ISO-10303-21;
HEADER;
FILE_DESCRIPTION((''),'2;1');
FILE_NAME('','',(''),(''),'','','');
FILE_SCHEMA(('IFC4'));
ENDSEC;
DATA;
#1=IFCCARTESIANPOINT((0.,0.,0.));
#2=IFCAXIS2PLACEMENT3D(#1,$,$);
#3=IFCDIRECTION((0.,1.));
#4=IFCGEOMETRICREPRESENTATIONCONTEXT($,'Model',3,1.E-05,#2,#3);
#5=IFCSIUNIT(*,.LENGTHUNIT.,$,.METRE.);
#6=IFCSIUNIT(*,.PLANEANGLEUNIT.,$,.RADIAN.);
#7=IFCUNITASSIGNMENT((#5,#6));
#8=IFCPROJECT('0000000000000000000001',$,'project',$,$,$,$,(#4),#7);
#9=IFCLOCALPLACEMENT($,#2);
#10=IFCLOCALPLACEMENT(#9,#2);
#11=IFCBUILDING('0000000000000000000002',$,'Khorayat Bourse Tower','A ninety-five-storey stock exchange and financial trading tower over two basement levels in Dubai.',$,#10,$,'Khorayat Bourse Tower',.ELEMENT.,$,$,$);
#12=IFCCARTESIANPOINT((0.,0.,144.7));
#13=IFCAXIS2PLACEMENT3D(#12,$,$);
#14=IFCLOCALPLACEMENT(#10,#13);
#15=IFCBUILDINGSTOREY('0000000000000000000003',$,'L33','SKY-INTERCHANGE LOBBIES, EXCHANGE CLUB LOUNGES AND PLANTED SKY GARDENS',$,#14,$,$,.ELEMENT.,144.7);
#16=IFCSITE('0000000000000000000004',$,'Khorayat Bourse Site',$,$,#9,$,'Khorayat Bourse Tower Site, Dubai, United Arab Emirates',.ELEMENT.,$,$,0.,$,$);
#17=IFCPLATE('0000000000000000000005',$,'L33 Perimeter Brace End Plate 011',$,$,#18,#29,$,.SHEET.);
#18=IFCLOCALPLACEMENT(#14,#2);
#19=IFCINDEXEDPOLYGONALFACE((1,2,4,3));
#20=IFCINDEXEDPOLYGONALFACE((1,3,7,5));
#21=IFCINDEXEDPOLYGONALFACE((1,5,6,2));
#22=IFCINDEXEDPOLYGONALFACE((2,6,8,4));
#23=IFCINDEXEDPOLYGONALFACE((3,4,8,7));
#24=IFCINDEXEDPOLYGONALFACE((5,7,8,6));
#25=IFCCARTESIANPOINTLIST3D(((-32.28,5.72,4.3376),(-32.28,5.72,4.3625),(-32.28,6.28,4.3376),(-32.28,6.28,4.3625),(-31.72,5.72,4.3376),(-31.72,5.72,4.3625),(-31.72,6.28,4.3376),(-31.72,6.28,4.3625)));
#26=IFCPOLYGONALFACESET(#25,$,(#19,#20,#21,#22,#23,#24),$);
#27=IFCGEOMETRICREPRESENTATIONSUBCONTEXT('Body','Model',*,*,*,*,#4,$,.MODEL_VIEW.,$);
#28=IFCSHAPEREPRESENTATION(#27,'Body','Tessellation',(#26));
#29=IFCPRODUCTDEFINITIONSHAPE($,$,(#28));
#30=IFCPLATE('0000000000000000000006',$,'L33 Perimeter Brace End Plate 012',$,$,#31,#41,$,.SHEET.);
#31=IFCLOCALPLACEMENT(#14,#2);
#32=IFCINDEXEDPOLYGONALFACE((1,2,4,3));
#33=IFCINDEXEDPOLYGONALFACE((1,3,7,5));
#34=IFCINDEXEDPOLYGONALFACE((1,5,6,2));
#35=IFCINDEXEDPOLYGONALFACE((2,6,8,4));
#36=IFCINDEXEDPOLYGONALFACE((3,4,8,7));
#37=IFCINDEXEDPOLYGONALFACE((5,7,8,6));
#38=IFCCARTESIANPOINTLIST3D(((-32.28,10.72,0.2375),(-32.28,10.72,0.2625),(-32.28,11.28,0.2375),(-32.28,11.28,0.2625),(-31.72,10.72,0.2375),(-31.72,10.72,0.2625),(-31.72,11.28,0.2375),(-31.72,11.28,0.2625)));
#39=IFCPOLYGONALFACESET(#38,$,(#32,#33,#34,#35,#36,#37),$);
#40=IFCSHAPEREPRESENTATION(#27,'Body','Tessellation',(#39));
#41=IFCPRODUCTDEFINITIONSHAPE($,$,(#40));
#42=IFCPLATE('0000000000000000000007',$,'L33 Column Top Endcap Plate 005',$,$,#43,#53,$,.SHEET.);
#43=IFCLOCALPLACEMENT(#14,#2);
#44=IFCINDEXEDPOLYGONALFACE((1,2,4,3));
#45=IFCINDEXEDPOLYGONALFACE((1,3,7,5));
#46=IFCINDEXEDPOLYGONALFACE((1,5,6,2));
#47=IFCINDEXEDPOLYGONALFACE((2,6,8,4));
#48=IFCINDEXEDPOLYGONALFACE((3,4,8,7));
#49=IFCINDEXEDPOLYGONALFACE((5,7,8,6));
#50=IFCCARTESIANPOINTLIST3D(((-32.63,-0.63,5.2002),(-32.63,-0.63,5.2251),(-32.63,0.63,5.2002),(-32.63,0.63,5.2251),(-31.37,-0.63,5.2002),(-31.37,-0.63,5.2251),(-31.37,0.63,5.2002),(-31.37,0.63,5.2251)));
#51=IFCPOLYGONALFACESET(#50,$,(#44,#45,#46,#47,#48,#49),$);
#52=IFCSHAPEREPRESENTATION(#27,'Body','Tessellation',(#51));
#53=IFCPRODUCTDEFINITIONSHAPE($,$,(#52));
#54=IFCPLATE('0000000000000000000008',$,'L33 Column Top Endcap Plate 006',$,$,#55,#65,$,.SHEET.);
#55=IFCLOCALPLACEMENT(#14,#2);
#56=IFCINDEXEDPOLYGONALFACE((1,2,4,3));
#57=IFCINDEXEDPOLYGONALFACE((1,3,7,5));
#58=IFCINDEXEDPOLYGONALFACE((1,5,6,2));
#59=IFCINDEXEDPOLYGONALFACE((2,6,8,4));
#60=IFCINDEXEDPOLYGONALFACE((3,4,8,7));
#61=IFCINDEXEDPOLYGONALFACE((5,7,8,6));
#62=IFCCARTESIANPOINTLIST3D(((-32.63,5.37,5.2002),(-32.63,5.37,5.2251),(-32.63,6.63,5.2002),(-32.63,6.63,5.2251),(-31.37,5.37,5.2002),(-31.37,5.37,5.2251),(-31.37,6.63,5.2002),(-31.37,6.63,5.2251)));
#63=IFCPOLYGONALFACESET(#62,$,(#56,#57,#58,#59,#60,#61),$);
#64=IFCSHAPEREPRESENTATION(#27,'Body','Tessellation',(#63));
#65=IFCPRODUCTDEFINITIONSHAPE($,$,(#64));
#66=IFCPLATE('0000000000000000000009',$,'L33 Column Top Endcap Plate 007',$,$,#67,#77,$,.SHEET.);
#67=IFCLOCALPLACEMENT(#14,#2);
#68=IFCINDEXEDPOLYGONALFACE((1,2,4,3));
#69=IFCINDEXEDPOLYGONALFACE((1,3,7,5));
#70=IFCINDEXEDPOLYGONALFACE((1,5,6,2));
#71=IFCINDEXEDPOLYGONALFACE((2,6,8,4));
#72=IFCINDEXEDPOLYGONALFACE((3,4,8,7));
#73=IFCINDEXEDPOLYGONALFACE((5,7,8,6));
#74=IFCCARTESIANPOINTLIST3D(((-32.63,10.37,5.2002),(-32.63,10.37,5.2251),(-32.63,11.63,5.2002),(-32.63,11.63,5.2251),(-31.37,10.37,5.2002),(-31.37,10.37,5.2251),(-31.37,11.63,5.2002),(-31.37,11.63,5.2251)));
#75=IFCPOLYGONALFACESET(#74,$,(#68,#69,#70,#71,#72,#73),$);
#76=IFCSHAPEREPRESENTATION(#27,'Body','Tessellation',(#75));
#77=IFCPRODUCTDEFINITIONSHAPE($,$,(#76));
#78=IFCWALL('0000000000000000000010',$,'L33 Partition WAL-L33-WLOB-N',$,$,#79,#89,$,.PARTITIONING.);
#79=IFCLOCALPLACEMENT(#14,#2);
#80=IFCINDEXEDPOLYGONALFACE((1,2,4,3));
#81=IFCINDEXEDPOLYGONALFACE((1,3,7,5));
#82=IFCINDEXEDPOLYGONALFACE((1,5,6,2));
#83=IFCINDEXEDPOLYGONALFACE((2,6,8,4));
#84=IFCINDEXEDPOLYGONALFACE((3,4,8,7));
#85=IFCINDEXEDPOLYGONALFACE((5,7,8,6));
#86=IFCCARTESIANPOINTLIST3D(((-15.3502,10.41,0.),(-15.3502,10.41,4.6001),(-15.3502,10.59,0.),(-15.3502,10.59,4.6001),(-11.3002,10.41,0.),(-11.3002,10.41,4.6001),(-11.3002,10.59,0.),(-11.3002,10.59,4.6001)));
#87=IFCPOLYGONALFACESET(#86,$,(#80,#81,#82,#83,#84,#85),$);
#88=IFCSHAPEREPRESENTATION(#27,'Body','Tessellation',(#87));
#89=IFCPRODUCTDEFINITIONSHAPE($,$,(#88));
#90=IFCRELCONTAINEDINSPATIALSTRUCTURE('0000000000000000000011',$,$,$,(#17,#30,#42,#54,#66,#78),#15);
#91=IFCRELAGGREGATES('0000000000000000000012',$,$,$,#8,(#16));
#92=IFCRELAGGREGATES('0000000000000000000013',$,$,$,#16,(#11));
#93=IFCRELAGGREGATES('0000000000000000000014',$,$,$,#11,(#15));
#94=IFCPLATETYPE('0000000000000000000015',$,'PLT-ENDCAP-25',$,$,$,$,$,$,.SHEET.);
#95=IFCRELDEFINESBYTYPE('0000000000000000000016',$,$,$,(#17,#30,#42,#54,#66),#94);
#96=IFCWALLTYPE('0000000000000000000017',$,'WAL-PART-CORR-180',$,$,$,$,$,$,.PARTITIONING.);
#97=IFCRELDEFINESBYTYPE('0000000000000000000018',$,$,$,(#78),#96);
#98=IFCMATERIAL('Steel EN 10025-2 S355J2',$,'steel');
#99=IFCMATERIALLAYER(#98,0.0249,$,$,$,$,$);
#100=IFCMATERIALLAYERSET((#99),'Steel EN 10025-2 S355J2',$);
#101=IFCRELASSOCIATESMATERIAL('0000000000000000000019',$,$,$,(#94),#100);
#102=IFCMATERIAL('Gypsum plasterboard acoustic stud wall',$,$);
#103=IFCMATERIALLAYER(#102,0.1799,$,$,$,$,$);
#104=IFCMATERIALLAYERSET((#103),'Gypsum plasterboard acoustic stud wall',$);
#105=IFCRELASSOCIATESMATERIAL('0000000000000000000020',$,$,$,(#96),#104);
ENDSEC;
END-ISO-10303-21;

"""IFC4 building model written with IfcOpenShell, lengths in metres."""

from ifc_helpers import new_model, si_unit, direction, frame, frame_2d, origin, origin_2d, place, context, subcontext, project, spatial, rectangle, extrude, source, transform, mapped, material, layer, layer_set, type_object, element, save


model = new_model("IFC4")

# Units and contexts
model_context = context("Model", 3, precision=1e-05, world=origin(), true_north=direction((0.0, 1.0)))
body_context = subcontext(model_context, "Body", "Model", "MODEL_VIEW")
ifc_project = project(units=[si_unit("LENGTHUNIT", "METRE"), si_unit("PLANEANGLEUNIT", "RADIAN")], contexts=[model_context])

# Site, building, storey
site_placement = place(None, origin())
site = spatial("IfcSite", under=ifc_project, at=site_placement, Name="Khorayat Bourse Site", LongName="Khorayat Bourse Tower Site, Dubai, United Arab Emirates", CompositionType="ELEMENT", RefElevation=0.0)
building_placement = place(site_placement, origin())
building = spatial("IfcBuilding", under=site, at=building_placement, Name="Khorayat Bourse Tower", Description="A ninety-five-storey stock exchange and financial trading tower over two basement levels in Dubai.", LongName="Khorayat Bourse Tower", CompositionType="ELEMENT")
storey_placement = place(building_placement, frame((0.0, 0.0, 144.7)))
storey = spatial("IfcBuildingStorey", under=building, at=storey_placement, Name="L33", Description="SKY-INTERCHANGE LOBBIES, EXCHANGE CLUB LOUNGES AND PLANTED SKY GARDENS", CompositionType="ELEMENT", Elevation=144.7)

# Plates
ifc_material_1 = material(Name="Steel EN 10025-2 S355J2", Category="steel")
ifc_layer_1 = layer(ifc_material_1, 0.0249)
ifc_layer_set_1 = layer_set([ifc_layer_1], Name="Steel EN 10025-2 S355J2")
plate_type = type_object("IfcPlateType", Name="PLT-ENDCAP-25", PredefinedType="SHEET", material=ifc_layer_set_1)
shared_shape_1 = source(origin(), body_context, "Body", "SweptSolid", [
    extrude(rectangle(XDim=0.5601, YDim=0.5601, at=origin_2d()), origin(), (0.0, 0.0, 1.0), 0.0249),
])
for number, where, z_axis, x_axis, name in (
    (1, (-32.0, 6.0, 4.3376), (0.0, 0.0, 1.0), (1.0, 0.0, 0.0), "L33 Perimeter Brace End Plate 011"),
    (2, (-32.0, 11.0, 0.2375), (0.0, 0.0, 1.0), (1.0, 0.0, 0.0), "L33 Perimeter Brace End Plate 012"),
):
    element("IfcPlate", number, at=place(storey_placement, frame(where, z_axis=z_axis, x_axis=x_axis)), inside=storey, type_object=plate_type, Name=name, PredefinedType="SHEET", context=body_context, shape_type="MappedRepresentation", body=[
        mapped(shared_shape_1, transform((0.0, 0.0, 0.0), scale=1.0)),
    ])
shared_shape_2 = source(origin(), body_context, "Body", "SweptSolid", [
    extrude(rectangle(XDim=1.26, YDim=1.26, at=origin_2d()), origin(), (0.0, 0.0, 1.0), 0.0249),
])
for number, where, z_axis, x_axis, name in (
    (3, (-32.0, 0.0, 5.2002), (0.0, 0.0, 1.0), (1.0, 0.0, 0.0), "L33 Column Top Endcap Plate 005"),
    (4, (-32.0, 6.0, 5.2002), (0.0, 0.0, 1.0), (1.0, 0.0, 0.0), "L33 Column Top Endcap Plate 006"),
    (5, (-32.0, 11.0, 5.2002), (0.0, 0.0, 1.0), (1.0, 0.0, 0.0), "L33 Column Top Endcap Plate 007"),
):
    element("IfcPlate", number, at=place(storey_placement, frame(where, z_axis=z_axis, x_axis=x_axis)), inside=storey, type_object=plate_type, Name=name, PredefinedType="SHEET", context=body_context, shape_type="MappedRepresentation", body=[
        mapped(shared_shape_2, transform((0.0, 0.0, 0.0), scale=1.0)),
    ])

# Wall
ifc_material_2 = material(Name="Gypsum plasterboard acoustic stud wall")
ifc_layer_2 = layer(ifc_material_2, 0.1799)
ifc_layer_set_2 = layer_set([ifc_layer_2], Name="Gypsum plasterboard acoustic stud wall")
wall_type = type_object("IfcWallType", Name="WAL-PART-CORR-180", PredefinedType="PARTITIONING", material=ifc_layer_set_2)
shared_shape_3 = source(origin(), body_context, "Body", "SweptSolid", [
    extrude(rectangle(XDim=4.05, YDim=0.1799, at=frame_2d((2.0249, 0.0))), origin(), (0.0, 0.0, 1.0), 4.6001),
])
wall_placement = place(storey_placement, frame((-15.3501, 10.5, 0.0), z_axis=(0.0, 0.0, 1.0), x_axis=(1.0, 0.0, 0.0)))
element("IfcWall", 6, at=wall_placement, inside=storey, type_object=wall_type, Name="L33 Partition WAL-L33-WLOB-N", PredefinedType="PARTITIONING", context=body_context, shape_type="MappedRepresentation", body=[
    mapped(shared_shape_3, transform((0.0, 0.0, 0.0), scale=1.0)),
])

save(model, "model.ifc")
